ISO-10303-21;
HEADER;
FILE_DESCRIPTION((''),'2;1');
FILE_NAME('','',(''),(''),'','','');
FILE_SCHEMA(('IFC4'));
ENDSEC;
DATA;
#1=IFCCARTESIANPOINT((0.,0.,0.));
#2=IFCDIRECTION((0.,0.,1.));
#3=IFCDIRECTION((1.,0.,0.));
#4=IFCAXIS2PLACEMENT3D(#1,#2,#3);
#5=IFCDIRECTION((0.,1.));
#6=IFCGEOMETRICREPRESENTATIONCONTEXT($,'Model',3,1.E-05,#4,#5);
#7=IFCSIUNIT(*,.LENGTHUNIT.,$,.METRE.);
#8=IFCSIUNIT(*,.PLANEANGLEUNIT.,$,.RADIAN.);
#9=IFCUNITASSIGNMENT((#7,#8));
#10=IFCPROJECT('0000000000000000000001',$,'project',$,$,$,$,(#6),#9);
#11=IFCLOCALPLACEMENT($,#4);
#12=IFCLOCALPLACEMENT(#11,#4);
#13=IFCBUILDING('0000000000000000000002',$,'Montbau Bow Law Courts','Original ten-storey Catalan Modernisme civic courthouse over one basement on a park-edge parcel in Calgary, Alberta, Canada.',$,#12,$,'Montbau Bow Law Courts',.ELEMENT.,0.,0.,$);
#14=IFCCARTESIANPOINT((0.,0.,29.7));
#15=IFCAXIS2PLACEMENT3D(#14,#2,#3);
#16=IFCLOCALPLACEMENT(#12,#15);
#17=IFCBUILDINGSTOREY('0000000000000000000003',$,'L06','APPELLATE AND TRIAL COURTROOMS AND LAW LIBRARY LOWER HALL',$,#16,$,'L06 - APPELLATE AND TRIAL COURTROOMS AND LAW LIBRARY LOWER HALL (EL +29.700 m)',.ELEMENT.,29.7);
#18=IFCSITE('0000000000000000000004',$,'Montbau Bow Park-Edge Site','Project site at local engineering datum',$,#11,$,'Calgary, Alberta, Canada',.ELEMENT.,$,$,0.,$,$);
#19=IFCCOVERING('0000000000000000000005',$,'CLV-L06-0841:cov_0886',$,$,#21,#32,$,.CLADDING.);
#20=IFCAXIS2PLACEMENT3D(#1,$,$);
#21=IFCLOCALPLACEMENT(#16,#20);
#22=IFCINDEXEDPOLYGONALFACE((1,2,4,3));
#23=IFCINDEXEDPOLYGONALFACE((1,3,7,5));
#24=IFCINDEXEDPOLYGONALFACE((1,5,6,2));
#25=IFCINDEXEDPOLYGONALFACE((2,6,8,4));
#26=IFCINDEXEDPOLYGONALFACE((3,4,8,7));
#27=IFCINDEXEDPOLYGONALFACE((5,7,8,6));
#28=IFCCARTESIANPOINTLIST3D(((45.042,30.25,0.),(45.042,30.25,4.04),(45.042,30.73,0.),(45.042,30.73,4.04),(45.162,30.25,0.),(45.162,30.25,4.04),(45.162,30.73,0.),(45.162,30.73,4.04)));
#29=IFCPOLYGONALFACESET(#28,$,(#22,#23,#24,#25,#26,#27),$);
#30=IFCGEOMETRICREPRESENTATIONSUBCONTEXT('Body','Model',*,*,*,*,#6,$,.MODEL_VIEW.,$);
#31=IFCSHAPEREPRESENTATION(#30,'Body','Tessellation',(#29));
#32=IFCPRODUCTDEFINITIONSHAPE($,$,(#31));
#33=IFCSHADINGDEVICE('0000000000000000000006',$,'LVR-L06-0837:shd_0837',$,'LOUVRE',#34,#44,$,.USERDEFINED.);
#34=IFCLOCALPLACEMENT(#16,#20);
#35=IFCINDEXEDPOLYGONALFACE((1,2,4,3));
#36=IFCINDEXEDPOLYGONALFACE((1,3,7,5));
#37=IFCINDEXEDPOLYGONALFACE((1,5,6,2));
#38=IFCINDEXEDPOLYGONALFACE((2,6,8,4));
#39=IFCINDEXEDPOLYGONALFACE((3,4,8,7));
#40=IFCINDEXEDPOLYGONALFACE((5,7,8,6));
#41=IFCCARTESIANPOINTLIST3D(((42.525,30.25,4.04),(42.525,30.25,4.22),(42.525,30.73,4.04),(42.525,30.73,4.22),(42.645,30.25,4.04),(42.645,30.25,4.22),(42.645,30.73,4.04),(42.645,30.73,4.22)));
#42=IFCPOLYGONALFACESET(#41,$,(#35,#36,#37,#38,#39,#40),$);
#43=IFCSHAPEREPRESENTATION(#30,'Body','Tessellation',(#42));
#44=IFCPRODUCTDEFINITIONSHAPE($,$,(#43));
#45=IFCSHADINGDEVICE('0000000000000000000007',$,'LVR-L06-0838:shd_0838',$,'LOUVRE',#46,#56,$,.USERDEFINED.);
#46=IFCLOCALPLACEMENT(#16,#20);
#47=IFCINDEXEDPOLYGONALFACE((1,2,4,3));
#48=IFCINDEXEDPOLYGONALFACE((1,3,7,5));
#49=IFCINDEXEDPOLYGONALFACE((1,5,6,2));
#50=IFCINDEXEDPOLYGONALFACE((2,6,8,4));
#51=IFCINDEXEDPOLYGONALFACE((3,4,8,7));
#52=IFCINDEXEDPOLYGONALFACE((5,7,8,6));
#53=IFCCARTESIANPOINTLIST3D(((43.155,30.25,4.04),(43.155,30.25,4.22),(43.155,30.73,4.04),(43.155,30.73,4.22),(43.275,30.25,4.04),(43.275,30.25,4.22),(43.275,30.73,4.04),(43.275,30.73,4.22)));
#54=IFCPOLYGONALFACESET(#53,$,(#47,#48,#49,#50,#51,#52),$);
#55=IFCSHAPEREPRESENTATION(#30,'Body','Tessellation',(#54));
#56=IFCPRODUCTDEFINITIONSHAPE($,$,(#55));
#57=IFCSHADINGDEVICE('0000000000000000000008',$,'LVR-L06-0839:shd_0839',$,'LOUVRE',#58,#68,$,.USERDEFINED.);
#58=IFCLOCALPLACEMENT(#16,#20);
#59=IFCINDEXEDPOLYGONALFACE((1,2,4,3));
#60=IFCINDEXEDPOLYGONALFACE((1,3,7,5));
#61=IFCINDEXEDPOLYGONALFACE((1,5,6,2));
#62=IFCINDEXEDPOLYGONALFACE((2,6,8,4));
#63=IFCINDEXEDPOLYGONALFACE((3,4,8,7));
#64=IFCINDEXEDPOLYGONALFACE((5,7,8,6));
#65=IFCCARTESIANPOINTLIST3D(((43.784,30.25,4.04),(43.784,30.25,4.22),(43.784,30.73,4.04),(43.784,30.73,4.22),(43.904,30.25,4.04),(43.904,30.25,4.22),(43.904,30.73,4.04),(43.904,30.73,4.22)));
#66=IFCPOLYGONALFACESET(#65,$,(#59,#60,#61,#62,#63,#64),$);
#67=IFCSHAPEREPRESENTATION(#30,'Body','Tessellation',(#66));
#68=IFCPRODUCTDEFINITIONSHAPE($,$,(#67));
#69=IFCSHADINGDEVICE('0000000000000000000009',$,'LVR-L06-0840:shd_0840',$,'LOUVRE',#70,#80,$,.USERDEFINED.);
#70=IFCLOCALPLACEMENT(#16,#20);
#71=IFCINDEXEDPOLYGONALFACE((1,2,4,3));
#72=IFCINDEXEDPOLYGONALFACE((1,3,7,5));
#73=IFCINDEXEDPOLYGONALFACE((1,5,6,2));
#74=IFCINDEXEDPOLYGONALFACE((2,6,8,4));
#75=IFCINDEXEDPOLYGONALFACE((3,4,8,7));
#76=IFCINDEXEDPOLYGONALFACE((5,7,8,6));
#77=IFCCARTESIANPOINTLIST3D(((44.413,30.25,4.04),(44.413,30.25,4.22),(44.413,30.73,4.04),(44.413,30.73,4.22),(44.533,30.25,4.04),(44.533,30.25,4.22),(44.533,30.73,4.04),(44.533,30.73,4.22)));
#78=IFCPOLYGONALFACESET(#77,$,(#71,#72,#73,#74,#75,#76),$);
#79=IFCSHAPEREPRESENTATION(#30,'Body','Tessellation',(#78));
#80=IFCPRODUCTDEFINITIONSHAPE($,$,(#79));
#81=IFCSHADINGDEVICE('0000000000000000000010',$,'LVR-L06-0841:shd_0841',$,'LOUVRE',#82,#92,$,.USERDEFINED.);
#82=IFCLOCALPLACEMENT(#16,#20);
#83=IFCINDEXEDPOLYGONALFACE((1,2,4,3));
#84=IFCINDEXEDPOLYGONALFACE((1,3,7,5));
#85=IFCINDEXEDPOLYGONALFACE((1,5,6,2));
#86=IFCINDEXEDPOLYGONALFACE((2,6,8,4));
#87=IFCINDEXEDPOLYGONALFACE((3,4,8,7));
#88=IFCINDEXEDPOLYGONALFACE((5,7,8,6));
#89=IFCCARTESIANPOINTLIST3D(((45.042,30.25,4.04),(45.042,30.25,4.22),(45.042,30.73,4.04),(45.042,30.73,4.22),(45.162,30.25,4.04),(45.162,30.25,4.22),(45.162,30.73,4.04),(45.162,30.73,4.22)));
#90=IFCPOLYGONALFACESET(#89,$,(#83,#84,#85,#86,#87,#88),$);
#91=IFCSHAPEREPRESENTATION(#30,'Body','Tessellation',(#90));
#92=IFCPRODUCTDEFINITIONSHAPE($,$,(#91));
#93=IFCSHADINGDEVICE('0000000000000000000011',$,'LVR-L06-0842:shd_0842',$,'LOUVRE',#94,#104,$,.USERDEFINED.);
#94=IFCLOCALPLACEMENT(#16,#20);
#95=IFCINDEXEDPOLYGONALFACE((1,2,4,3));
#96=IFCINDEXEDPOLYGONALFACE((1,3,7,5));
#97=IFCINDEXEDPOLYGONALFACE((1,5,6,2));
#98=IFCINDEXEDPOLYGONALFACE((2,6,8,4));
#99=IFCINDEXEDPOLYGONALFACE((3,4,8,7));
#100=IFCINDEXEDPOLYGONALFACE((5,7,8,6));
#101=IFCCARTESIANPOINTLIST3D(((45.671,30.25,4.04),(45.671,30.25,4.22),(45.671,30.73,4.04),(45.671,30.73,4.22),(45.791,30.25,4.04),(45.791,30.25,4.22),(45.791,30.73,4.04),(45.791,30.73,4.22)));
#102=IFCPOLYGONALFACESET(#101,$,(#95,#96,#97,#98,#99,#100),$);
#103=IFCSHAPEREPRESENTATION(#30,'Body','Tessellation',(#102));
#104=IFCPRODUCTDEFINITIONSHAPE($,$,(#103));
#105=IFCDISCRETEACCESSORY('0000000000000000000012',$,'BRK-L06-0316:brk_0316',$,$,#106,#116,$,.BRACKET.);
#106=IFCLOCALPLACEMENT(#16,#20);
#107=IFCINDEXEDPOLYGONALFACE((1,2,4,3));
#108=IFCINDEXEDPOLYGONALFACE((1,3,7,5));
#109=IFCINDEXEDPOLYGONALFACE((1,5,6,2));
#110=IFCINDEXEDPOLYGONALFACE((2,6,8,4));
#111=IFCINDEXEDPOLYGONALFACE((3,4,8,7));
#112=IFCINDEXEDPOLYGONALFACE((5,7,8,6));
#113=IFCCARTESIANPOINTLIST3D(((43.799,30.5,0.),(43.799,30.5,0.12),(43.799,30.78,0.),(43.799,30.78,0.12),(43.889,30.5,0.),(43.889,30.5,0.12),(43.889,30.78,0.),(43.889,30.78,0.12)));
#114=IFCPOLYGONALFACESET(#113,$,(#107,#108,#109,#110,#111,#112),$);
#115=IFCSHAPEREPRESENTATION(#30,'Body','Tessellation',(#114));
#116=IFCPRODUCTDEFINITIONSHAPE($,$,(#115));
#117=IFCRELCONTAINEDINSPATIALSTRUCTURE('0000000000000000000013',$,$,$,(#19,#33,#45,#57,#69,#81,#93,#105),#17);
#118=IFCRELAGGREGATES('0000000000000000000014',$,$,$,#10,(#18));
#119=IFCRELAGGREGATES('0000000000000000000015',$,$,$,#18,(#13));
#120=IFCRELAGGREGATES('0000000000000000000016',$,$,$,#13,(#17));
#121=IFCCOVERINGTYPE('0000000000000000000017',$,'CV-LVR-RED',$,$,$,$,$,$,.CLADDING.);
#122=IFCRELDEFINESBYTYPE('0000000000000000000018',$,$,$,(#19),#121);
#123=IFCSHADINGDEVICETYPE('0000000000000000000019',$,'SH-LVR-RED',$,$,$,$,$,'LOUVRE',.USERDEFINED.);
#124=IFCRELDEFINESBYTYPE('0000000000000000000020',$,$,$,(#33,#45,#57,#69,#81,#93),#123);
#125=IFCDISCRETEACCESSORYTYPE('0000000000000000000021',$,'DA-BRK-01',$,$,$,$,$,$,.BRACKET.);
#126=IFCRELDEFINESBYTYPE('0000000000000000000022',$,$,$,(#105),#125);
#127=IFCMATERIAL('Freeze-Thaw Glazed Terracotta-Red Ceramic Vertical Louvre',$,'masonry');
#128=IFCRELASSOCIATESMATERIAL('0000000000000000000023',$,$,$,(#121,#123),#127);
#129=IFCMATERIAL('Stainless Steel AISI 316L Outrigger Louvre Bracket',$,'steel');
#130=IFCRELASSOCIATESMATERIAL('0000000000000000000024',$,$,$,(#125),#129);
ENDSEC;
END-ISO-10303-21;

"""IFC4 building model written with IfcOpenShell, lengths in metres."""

from ifc_helpers import new_model, si_unit, direction, frame, frame_2d, origin_with_axes, origin_2d_with_axis, place, context, subcontext, project, spatial, rectangle, extrude, material, type_object, element, save


model = new_model("IFC4")

# Units and contexts
model_context = context("Model", 3, precision=1e-05, world=origin_with_axes(), true_north=direction((0.0, 1.0)))
body_context = subcontext(model_context, "Body", "Model", "MODEL_VIEW")
ifc_project = project(units=[si_unit("LENGTHUNIT", "METRE"), si_unit("PLANEANGLEUNIT", "RADIAN")], contexts=[model_context])

# Site, building, storey
site_placement = place(None, origin_with_axes())
site = spatial("IfcSite", under=ifc_project, at=site_placement, Name="Montbau Bow Park-Edge Site", Description="Project site at local engineering datum", LongName="Calgary, Alberta, Canada", CompositionType="ELEMENT", RefElevation=0.0)
building_placement = place(site_placement, origin_with_axes())
building = spatial("IfcBuilding", under=site, at=building_placement, Name="Montbau Bow Law Courts", Description="Original ten-storey Catalan Modernisme civic courthouse over one basement on a park-edge parcel in Calgary, Alberta, Canada.", LongName="Montbau Bow Law Courts", CompositionType="ELEMENT", ElevationOfRefHeight=0.0, ElevationOfTerrain=0.0)
storey_placement = place(building_placement, frame((0.0, 0.0, 29.7), z_axis=(0.0, 0.0, 1.0), x_axis=(1.0, 0.0, 0.0)))
storey = spatial("IfcBuildingStorey", under=building, at=storey_placement, Name="L06", Description="APPELLATE AND TRIAL COURTROOMS AND LAW LIBRARY LOWER HALL", LongName="L06 - APPELLATE AND TRIAL COURTROOMS AND LAW LIBRARY LOWER HALL (EL +29.700 m)", CompositionType="ELEMENT", Elevation=29.7)

# Covering
ifc_material_1 = material(Name="Freeze-Thaw Glazed Terracotta-Red Ceramic Vertical Louvre", Category="masonry")
covering_type = type_object("IfcCoveringType", Name="CV-LVR-RED", PredefinedType="CLADDING", material=ifc_material_1)
for number, where, z_axis, x_axis, name in (
    (1, (45.102, 30.73, 29.7), (-1.0, 0.0, 0.0), (0.0, -1.0, 0.0), "CLV-L06-0841:cov_0886"),
):
    element("IfcCovering", number, at=place(None, frame(where, z_axis=z_axis, x_axis=x_axis)), inside=storey, type_object=covering_type, Name=name, PredefinedType="CLADDING", context=body_context, shape_type="SweptSolid", body=[
        extrude(rectangle(XDim=0.48, YDim=4.04, at=frame_2d((0.24, 2.02), x_axis=(1.0, 0.0))), frame((0.0, 0.0, -0.06), z_axis=(0.0, 0.0, 1.0), x_axis=(1.0, 0.0, 0.0)), (0.0, 0.0, 1.0), 0.12),
    ])

# Shading devices
shading_device_type = type_object("IfcShadingDeviceType", Name="SH-LVR-RED", ElementType="LOUVRE", PredefinedType="USERDEFINED", material=ifc_material_1)
for number, where, z_axis, x_axis, name in (
    (2, (42.585, 30.49, 33.74), (0.0, 0.0, 1.0), (0.0, -1.0, 0.0), "LVR-L06-0837:shd_0837"),
    (3, (43.215, 30.49, 33.74), (0.0, 0.0, 1.0), (0.0, -1.0, 0.0), "LVR-L06-0838:shd_0838"),
    (4, (43.844, 30.49, 33.74), (0.0, 0.0, 1.0), (0.0, -1.0, 0.0), "LVR-L06-0839:shd_0839"),
    (5, (44.473, 30.49, 33.74), (0.0, 0.0, 1.0), (0.0, -1.0, 0.0), "LVR-L06-0840:shd_0840"),
    (6, (45.102, 30.49, 33.74), (0.0, 0.0, 1.0), (0.0, -1.0, 0.0), "LVR-L06-0841:shd_0841"),
    (7, (45.731, 30.49, 33.74), (0.0, 0.0, 1.0), (0.0, -1.0, 0.0), "LVR-L06-0842:shd_0842"),
):
    element("IfcShadingDevice", number, at=place(None, frame(where, z_axis=z_axis, x_axis=x_axis)), inside=storey, type_object=shading_device_type, Name=name, ObjectType="LOUVRE", PredefinedType="USERDEFINED", context=body_context, shape_type="SweptSolid", body=[
        extrude(rectangle(XDim=0.48, YDim=0.12, at=origin_2d_with_axis()), origin_with_axes(), (0.0, 0.0, 1.0), 0.18),
    ])

# Discrete accessory
ifc_material_2 = material(Name="Stainless Steel AISI 316L Outrigger Louvre Bracket", Category="steel")
discrete_accessory_type = type_object("IfcDiscreteAccessoryType", Name="DA-BRK-01", PredefinedType="BRACKET", material=ifc_material_2)
discrete_accessory_placement = place(None, frame((43.844, 30.64, 29.7), z_axis=(0.0, 0.0, 1.0), x_axis=(0.0, -1.0, 0.0)))
element("IfcDiscreteAccessory", 8, at=discrete_accessory_placement, inside=storey, type_object=discrete_accessory_type, Name="BRK-L06-0316:brk_0316", PredefinedType="BRACKET", context=body_context, shape_type="SweptSolid", body=[
    extrude(rectangle(XDim=0.28, YDim=0.09, at=origin_2d_with_axis()), origin_with_axes(), (0.0, 0.0, 1.0), 0.12),
])

save(model, "model.ifc")
